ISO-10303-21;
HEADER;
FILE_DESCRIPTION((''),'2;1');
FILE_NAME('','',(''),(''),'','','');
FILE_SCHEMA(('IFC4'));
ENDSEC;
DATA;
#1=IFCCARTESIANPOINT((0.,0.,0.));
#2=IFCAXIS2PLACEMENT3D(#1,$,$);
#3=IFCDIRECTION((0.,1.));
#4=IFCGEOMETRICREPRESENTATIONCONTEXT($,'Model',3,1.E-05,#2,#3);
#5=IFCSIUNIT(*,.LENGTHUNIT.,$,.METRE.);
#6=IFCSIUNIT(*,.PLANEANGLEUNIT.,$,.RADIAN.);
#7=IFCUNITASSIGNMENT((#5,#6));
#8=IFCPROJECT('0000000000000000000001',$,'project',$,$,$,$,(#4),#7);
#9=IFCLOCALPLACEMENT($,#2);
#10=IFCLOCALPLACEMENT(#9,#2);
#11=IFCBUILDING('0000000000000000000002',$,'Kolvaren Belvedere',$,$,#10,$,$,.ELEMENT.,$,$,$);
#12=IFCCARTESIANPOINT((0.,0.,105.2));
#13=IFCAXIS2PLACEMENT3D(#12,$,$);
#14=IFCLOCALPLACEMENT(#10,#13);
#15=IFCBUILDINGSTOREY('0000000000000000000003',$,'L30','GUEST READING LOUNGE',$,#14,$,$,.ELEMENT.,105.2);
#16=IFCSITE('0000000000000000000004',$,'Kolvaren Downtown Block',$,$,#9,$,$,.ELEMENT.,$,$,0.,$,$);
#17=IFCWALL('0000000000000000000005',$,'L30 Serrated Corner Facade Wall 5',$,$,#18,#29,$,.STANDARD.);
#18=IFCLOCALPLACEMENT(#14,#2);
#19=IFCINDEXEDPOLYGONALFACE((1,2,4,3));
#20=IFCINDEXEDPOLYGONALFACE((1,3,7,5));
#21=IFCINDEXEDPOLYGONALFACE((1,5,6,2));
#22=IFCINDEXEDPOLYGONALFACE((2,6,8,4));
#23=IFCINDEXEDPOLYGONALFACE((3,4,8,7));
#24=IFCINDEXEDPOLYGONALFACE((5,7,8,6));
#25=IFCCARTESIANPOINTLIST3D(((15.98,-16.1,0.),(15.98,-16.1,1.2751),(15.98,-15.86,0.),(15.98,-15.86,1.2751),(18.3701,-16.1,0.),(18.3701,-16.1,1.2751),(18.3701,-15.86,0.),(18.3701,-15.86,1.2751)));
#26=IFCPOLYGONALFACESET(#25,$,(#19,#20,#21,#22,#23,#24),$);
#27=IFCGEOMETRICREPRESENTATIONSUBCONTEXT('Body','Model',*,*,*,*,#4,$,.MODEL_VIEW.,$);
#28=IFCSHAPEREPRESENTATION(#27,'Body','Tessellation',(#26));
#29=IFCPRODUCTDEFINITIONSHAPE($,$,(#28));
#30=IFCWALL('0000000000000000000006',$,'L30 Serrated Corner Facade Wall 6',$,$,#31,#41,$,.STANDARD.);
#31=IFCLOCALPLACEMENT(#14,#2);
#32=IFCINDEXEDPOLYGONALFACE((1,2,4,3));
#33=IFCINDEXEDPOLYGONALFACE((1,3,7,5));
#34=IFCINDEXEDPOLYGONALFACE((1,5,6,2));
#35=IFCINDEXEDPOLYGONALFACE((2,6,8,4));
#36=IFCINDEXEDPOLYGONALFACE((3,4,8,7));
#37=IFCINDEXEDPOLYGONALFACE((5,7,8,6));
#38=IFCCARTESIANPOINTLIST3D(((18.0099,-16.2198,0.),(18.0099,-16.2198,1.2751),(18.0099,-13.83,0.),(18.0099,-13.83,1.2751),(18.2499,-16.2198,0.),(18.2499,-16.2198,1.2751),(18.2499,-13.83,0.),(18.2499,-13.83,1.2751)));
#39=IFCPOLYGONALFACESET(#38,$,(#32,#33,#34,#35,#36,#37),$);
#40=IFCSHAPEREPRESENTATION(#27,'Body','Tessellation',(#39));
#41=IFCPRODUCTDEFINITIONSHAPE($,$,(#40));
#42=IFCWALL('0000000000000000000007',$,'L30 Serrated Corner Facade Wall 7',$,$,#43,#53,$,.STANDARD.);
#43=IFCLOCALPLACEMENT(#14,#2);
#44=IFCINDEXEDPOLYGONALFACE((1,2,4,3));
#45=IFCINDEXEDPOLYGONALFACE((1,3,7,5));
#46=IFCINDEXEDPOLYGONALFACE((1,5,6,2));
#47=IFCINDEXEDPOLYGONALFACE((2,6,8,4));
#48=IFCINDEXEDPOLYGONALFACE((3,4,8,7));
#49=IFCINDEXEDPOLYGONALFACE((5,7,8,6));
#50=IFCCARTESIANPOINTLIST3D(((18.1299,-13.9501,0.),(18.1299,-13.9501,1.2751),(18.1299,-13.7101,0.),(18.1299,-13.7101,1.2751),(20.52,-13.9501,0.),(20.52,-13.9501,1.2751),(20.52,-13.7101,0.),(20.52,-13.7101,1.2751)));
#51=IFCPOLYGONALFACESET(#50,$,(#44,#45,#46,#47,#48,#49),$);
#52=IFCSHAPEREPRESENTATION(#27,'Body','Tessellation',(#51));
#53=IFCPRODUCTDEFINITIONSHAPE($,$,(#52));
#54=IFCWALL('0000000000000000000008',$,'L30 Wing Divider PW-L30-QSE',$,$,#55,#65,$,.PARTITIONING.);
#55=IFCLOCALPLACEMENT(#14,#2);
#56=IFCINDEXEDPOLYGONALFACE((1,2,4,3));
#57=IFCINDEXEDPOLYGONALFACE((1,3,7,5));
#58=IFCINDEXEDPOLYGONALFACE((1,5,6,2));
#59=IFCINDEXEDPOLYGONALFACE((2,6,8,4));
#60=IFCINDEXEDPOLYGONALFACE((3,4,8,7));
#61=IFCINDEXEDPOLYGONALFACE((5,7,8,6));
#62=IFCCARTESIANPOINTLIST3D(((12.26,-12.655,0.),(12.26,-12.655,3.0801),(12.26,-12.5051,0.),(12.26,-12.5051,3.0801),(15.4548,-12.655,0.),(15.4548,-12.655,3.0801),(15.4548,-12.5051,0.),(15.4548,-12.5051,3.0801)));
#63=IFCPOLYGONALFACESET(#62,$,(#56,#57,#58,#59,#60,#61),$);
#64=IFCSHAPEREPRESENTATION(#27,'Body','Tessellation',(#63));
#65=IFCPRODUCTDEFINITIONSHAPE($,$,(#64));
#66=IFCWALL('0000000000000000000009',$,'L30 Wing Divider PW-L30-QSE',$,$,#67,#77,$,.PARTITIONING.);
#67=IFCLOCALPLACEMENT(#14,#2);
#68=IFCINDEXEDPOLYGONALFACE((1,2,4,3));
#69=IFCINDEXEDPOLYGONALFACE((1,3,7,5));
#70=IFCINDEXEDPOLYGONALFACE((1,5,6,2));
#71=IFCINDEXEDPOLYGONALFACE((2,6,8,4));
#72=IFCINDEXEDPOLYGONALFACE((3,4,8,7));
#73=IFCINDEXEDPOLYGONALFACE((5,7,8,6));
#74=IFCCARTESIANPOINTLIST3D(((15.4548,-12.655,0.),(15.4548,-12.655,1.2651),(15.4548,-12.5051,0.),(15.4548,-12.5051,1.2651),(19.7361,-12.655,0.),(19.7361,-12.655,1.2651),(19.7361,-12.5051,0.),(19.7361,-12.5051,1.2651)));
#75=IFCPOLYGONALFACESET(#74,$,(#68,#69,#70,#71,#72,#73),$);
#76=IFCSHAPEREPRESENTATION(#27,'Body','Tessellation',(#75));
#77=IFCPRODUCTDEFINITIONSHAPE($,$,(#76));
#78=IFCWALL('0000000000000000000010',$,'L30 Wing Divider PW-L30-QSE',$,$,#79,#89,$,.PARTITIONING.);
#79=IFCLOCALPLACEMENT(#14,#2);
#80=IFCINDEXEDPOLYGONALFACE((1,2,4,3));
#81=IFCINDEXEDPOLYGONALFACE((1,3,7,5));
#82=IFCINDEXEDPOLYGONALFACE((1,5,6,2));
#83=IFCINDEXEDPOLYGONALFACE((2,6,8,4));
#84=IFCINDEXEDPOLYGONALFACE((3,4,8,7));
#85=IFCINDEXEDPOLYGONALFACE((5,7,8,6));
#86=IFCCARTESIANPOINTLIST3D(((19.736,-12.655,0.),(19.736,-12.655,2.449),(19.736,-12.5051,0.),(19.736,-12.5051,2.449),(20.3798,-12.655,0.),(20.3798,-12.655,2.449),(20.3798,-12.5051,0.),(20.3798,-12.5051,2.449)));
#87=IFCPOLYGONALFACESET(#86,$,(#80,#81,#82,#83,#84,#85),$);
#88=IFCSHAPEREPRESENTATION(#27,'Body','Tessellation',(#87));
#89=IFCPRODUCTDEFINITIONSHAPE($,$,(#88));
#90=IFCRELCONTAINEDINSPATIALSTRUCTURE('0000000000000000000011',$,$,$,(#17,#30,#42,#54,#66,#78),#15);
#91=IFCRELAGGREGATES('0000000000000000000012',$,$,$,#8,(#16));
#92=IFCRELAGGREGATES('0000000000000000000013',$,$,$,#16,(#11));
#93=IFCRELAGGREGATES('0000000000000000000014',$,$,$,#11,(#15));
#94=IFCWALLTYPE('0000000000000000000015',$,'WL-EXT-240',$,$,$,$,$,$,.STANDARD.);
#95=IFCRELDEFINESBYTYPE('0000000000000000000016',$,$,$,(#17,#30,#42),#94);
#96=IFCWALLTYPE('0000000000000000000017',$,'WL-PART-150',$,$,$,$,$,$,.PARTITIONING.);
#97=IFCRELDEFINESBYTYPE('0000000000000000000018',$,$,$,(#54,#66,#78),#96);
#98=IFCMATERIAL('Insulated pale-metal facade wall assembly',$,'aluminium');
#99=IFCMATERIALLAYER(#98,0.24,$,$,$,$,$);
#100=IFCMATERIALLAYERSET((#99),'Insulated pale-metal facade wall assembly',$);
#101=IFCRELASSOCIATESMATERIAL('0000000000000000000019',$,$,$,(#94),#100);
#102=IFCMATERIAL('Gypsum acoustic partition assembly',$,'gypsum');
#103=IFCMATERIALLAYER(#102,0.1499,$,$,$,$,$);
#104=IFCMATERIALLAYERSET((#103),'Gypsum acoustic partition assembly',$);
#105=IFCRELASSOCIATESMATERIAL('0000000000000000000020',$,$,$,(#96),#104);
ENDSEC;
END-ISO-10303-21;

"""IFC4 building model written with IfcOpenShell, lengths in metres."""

from ifc_helpers import new_model, si_unit, direction, frame, frame_2d, origin, place, context, subcontext, project, spatial, rectangle, extrude, material, layer, layer_set, type_object, element, save


model = new_model("IFC4")

# Units and contexts
model_context = context("Model", 3, precision=1e-05, world=origin(), true_north=direction((0.0, 1.0)))
body_context = subcontext(model_context, "Body", "Model", "MODEL_VIEW")
ifc_project = project(units=[si_unit("LENGTHUNIT", "METRE"), si_unit("PLANEANGLEUNIT", "RADIAN")], contexts=[model_context])

# Site, building, storey
site_placement = place(None, origin())
site = spatial("IfcSite", under=ifc_project, at=site_placement, Name="Kolvaren Downtown Block", CompositionType="ELEMENT", RefElevation=0.0)
building_placement = place(site_placement, origin())
building = spatial("IfcBuilding", under=site, at=building_placement, Name="Kolvaren Belvedere", CompositionType="ELEMENT")
storey_placement = place(building_placement, frame((0.0, 0.0, 105.2)))
storey = spatial("IfcBuildingStorey", under=building, at=storey_placement, Name="L30", Description="GUEST READING LOUNGE", CompositionType="ELEMENT", Elevation=105.2)

# Walls
ifc_material_1 = material(Name="Insulated pale-metal facade wall assembly", Category="aluminium")
ifc_layer_1 = layer(ifc_material_1, 0.24)
ifc_layer_set_1 = layer_set([ifc_layer_1], Name="Insulated pale-metal facade wall assembly")
wall_type_1 = type_object("IfcWallType", Name="WL-EXT-240", PredefinedType="STANDARD", material=ifc_layer_set_1)
for number, where, z_axis, x_axis, name in (
    (1, (18.3701, -15.98, 0.0), (0.0, 0.0, 1.0), (-1.0, 0.0, 0.0), "L30 Serrated Corner Facade Wall 5"),
):
    element("IfcWall", number, at=place(storey_placement, frame(where, z_axis=z_axis, x_axis=x_axis)), inside=storey, type_object=wall_type_1, Name=name, PredefinedType="STANDARD", context=body_context, shape_type="SweptSolid", body=[
        extrude(rectangle(XDim=2.3901, YDim=0.24, at=frame_2d((1.1951, 0.0))), origin(), (0.0, 0.0, 1.0), 1.2751),
    ])
wall_1_placement = place(storey_placement, frame((18.1299, -13.8301, 0.0), z_axis=(0.0, 0.0, 1.0), x_axis=(0.0, -1.0, 0.0)))
element("IfcWall", 2, at=wall_1_placement, inside=storey, type_object=wall_type_1, Name="L30 Serrated Corner Facade Wall 6", PredefinedType="STANDARD", context=body_context, shape_type="SweptSolid", body=[
    extrude(rectangle(XDim=2.3899, YDim=0.24, at=frame_2d((1.1948, 0.0))), origin(), (0.0, 0.0, 1.0), 1.2751),
])
wall_2_placement = place(storey_placement, frame((20.52, -13.8301, 0.0), z_axis=(0.0, 0.0, 1.0), x_axis=(-1.0, 0.0, 0.0)))
element("IfcWall", 3, at=wall_2_placement, inside=storey, type_object=wall_type_1, Name="L30 Serrated Corner Facade Wall 7", PredefinedType="STANDARD", context=body_context, shape_type="SweptSolid", body=[
    extrude(rectangle(XDim=2.3901, YDim=0.24, at=frame_2d((1.1951, 0.0))), origin(), (0.0, 0.0, 1.0), 1.2751),
])
ifc_material_2 = material(Name="Gypsum acoustic partition assembly", Category="gypsum")
ifc_layer_2 = layer(ifc_material_2, 0.1499)
ifc_layer_set_2 = layer_set([ifc_layer_2], Name="Gypsum acoustic partition assembly")
wall_type_2 = type_object("IfcWallType", Name="WL-PART-150", PredefinedType="PARTITIONING", material=ifc_layer_set_2)
wall_3_placement = place(storey_placement, frame((12.26, -12.5801, 0.0), z_axis=(0.0, 0.0, 1.0), x_axis=(1.0, 0.0, 0.0)))
element("IfcWall", 4, at=wall_3_placement, inside=storey, type_object=wall_type_2, Name="L30 Wing Divider PW-L30-QSE", PredefinedType="PARTITIONING", context=body_context, shape_type="SweptSolid", body=[
    extrude(rectangle(XDim=3.1948, YDim=0.1499, at=frame_2d((1.5974, 0.0))), origin(), (0.0, 0.0, 1.0), 3.0801),
])
wall_4_placement = place(storey_placement, frame((15.4548, -12.5801, 0.0), z_axis=(0.0, 0.0, 1.0), x_axis=(1.0, 0.0, 0.0)))
element("IfcWall", 5, at=wall_4_placement, inside=storey, type_object=wall_type_2, Name="L30 Wing Divider PW-L30-QSE", PredefinedType="PARTITIONING", context=body_context, shape_type="SweptSolid", body=[
    extrude(rectangle(XDim=4.2812, YDim=0.1499, at=frame_2d((2.1406, 0.0))), origin(), (0.0, 0.0, 1.0), 1.2651),
])
wall_5_placement = place(storey_placement, frame((19.7361, -12.5801, 0.0), z_axis=(0.0, 0.0, 1.0), x_axis=(1.0, 0.0, 0.0)))
element("IfcWall", 6, at=wall_5_placement, inside=storey, type_object=wall_type_2, Name="L30 Wing Divider PW-L30-QSE", PredefinedType="PARTITIONING", context=body_context, shape_type="SweptSolid", body=[
    extrude(rectangle(XDim=0.6438, YDim=0.1499, at=frame_2d((0.3218, 0.0))), origin(), (0.0, 0.0, 1.0), 2.449),
])

save(model, "model.ifc")
